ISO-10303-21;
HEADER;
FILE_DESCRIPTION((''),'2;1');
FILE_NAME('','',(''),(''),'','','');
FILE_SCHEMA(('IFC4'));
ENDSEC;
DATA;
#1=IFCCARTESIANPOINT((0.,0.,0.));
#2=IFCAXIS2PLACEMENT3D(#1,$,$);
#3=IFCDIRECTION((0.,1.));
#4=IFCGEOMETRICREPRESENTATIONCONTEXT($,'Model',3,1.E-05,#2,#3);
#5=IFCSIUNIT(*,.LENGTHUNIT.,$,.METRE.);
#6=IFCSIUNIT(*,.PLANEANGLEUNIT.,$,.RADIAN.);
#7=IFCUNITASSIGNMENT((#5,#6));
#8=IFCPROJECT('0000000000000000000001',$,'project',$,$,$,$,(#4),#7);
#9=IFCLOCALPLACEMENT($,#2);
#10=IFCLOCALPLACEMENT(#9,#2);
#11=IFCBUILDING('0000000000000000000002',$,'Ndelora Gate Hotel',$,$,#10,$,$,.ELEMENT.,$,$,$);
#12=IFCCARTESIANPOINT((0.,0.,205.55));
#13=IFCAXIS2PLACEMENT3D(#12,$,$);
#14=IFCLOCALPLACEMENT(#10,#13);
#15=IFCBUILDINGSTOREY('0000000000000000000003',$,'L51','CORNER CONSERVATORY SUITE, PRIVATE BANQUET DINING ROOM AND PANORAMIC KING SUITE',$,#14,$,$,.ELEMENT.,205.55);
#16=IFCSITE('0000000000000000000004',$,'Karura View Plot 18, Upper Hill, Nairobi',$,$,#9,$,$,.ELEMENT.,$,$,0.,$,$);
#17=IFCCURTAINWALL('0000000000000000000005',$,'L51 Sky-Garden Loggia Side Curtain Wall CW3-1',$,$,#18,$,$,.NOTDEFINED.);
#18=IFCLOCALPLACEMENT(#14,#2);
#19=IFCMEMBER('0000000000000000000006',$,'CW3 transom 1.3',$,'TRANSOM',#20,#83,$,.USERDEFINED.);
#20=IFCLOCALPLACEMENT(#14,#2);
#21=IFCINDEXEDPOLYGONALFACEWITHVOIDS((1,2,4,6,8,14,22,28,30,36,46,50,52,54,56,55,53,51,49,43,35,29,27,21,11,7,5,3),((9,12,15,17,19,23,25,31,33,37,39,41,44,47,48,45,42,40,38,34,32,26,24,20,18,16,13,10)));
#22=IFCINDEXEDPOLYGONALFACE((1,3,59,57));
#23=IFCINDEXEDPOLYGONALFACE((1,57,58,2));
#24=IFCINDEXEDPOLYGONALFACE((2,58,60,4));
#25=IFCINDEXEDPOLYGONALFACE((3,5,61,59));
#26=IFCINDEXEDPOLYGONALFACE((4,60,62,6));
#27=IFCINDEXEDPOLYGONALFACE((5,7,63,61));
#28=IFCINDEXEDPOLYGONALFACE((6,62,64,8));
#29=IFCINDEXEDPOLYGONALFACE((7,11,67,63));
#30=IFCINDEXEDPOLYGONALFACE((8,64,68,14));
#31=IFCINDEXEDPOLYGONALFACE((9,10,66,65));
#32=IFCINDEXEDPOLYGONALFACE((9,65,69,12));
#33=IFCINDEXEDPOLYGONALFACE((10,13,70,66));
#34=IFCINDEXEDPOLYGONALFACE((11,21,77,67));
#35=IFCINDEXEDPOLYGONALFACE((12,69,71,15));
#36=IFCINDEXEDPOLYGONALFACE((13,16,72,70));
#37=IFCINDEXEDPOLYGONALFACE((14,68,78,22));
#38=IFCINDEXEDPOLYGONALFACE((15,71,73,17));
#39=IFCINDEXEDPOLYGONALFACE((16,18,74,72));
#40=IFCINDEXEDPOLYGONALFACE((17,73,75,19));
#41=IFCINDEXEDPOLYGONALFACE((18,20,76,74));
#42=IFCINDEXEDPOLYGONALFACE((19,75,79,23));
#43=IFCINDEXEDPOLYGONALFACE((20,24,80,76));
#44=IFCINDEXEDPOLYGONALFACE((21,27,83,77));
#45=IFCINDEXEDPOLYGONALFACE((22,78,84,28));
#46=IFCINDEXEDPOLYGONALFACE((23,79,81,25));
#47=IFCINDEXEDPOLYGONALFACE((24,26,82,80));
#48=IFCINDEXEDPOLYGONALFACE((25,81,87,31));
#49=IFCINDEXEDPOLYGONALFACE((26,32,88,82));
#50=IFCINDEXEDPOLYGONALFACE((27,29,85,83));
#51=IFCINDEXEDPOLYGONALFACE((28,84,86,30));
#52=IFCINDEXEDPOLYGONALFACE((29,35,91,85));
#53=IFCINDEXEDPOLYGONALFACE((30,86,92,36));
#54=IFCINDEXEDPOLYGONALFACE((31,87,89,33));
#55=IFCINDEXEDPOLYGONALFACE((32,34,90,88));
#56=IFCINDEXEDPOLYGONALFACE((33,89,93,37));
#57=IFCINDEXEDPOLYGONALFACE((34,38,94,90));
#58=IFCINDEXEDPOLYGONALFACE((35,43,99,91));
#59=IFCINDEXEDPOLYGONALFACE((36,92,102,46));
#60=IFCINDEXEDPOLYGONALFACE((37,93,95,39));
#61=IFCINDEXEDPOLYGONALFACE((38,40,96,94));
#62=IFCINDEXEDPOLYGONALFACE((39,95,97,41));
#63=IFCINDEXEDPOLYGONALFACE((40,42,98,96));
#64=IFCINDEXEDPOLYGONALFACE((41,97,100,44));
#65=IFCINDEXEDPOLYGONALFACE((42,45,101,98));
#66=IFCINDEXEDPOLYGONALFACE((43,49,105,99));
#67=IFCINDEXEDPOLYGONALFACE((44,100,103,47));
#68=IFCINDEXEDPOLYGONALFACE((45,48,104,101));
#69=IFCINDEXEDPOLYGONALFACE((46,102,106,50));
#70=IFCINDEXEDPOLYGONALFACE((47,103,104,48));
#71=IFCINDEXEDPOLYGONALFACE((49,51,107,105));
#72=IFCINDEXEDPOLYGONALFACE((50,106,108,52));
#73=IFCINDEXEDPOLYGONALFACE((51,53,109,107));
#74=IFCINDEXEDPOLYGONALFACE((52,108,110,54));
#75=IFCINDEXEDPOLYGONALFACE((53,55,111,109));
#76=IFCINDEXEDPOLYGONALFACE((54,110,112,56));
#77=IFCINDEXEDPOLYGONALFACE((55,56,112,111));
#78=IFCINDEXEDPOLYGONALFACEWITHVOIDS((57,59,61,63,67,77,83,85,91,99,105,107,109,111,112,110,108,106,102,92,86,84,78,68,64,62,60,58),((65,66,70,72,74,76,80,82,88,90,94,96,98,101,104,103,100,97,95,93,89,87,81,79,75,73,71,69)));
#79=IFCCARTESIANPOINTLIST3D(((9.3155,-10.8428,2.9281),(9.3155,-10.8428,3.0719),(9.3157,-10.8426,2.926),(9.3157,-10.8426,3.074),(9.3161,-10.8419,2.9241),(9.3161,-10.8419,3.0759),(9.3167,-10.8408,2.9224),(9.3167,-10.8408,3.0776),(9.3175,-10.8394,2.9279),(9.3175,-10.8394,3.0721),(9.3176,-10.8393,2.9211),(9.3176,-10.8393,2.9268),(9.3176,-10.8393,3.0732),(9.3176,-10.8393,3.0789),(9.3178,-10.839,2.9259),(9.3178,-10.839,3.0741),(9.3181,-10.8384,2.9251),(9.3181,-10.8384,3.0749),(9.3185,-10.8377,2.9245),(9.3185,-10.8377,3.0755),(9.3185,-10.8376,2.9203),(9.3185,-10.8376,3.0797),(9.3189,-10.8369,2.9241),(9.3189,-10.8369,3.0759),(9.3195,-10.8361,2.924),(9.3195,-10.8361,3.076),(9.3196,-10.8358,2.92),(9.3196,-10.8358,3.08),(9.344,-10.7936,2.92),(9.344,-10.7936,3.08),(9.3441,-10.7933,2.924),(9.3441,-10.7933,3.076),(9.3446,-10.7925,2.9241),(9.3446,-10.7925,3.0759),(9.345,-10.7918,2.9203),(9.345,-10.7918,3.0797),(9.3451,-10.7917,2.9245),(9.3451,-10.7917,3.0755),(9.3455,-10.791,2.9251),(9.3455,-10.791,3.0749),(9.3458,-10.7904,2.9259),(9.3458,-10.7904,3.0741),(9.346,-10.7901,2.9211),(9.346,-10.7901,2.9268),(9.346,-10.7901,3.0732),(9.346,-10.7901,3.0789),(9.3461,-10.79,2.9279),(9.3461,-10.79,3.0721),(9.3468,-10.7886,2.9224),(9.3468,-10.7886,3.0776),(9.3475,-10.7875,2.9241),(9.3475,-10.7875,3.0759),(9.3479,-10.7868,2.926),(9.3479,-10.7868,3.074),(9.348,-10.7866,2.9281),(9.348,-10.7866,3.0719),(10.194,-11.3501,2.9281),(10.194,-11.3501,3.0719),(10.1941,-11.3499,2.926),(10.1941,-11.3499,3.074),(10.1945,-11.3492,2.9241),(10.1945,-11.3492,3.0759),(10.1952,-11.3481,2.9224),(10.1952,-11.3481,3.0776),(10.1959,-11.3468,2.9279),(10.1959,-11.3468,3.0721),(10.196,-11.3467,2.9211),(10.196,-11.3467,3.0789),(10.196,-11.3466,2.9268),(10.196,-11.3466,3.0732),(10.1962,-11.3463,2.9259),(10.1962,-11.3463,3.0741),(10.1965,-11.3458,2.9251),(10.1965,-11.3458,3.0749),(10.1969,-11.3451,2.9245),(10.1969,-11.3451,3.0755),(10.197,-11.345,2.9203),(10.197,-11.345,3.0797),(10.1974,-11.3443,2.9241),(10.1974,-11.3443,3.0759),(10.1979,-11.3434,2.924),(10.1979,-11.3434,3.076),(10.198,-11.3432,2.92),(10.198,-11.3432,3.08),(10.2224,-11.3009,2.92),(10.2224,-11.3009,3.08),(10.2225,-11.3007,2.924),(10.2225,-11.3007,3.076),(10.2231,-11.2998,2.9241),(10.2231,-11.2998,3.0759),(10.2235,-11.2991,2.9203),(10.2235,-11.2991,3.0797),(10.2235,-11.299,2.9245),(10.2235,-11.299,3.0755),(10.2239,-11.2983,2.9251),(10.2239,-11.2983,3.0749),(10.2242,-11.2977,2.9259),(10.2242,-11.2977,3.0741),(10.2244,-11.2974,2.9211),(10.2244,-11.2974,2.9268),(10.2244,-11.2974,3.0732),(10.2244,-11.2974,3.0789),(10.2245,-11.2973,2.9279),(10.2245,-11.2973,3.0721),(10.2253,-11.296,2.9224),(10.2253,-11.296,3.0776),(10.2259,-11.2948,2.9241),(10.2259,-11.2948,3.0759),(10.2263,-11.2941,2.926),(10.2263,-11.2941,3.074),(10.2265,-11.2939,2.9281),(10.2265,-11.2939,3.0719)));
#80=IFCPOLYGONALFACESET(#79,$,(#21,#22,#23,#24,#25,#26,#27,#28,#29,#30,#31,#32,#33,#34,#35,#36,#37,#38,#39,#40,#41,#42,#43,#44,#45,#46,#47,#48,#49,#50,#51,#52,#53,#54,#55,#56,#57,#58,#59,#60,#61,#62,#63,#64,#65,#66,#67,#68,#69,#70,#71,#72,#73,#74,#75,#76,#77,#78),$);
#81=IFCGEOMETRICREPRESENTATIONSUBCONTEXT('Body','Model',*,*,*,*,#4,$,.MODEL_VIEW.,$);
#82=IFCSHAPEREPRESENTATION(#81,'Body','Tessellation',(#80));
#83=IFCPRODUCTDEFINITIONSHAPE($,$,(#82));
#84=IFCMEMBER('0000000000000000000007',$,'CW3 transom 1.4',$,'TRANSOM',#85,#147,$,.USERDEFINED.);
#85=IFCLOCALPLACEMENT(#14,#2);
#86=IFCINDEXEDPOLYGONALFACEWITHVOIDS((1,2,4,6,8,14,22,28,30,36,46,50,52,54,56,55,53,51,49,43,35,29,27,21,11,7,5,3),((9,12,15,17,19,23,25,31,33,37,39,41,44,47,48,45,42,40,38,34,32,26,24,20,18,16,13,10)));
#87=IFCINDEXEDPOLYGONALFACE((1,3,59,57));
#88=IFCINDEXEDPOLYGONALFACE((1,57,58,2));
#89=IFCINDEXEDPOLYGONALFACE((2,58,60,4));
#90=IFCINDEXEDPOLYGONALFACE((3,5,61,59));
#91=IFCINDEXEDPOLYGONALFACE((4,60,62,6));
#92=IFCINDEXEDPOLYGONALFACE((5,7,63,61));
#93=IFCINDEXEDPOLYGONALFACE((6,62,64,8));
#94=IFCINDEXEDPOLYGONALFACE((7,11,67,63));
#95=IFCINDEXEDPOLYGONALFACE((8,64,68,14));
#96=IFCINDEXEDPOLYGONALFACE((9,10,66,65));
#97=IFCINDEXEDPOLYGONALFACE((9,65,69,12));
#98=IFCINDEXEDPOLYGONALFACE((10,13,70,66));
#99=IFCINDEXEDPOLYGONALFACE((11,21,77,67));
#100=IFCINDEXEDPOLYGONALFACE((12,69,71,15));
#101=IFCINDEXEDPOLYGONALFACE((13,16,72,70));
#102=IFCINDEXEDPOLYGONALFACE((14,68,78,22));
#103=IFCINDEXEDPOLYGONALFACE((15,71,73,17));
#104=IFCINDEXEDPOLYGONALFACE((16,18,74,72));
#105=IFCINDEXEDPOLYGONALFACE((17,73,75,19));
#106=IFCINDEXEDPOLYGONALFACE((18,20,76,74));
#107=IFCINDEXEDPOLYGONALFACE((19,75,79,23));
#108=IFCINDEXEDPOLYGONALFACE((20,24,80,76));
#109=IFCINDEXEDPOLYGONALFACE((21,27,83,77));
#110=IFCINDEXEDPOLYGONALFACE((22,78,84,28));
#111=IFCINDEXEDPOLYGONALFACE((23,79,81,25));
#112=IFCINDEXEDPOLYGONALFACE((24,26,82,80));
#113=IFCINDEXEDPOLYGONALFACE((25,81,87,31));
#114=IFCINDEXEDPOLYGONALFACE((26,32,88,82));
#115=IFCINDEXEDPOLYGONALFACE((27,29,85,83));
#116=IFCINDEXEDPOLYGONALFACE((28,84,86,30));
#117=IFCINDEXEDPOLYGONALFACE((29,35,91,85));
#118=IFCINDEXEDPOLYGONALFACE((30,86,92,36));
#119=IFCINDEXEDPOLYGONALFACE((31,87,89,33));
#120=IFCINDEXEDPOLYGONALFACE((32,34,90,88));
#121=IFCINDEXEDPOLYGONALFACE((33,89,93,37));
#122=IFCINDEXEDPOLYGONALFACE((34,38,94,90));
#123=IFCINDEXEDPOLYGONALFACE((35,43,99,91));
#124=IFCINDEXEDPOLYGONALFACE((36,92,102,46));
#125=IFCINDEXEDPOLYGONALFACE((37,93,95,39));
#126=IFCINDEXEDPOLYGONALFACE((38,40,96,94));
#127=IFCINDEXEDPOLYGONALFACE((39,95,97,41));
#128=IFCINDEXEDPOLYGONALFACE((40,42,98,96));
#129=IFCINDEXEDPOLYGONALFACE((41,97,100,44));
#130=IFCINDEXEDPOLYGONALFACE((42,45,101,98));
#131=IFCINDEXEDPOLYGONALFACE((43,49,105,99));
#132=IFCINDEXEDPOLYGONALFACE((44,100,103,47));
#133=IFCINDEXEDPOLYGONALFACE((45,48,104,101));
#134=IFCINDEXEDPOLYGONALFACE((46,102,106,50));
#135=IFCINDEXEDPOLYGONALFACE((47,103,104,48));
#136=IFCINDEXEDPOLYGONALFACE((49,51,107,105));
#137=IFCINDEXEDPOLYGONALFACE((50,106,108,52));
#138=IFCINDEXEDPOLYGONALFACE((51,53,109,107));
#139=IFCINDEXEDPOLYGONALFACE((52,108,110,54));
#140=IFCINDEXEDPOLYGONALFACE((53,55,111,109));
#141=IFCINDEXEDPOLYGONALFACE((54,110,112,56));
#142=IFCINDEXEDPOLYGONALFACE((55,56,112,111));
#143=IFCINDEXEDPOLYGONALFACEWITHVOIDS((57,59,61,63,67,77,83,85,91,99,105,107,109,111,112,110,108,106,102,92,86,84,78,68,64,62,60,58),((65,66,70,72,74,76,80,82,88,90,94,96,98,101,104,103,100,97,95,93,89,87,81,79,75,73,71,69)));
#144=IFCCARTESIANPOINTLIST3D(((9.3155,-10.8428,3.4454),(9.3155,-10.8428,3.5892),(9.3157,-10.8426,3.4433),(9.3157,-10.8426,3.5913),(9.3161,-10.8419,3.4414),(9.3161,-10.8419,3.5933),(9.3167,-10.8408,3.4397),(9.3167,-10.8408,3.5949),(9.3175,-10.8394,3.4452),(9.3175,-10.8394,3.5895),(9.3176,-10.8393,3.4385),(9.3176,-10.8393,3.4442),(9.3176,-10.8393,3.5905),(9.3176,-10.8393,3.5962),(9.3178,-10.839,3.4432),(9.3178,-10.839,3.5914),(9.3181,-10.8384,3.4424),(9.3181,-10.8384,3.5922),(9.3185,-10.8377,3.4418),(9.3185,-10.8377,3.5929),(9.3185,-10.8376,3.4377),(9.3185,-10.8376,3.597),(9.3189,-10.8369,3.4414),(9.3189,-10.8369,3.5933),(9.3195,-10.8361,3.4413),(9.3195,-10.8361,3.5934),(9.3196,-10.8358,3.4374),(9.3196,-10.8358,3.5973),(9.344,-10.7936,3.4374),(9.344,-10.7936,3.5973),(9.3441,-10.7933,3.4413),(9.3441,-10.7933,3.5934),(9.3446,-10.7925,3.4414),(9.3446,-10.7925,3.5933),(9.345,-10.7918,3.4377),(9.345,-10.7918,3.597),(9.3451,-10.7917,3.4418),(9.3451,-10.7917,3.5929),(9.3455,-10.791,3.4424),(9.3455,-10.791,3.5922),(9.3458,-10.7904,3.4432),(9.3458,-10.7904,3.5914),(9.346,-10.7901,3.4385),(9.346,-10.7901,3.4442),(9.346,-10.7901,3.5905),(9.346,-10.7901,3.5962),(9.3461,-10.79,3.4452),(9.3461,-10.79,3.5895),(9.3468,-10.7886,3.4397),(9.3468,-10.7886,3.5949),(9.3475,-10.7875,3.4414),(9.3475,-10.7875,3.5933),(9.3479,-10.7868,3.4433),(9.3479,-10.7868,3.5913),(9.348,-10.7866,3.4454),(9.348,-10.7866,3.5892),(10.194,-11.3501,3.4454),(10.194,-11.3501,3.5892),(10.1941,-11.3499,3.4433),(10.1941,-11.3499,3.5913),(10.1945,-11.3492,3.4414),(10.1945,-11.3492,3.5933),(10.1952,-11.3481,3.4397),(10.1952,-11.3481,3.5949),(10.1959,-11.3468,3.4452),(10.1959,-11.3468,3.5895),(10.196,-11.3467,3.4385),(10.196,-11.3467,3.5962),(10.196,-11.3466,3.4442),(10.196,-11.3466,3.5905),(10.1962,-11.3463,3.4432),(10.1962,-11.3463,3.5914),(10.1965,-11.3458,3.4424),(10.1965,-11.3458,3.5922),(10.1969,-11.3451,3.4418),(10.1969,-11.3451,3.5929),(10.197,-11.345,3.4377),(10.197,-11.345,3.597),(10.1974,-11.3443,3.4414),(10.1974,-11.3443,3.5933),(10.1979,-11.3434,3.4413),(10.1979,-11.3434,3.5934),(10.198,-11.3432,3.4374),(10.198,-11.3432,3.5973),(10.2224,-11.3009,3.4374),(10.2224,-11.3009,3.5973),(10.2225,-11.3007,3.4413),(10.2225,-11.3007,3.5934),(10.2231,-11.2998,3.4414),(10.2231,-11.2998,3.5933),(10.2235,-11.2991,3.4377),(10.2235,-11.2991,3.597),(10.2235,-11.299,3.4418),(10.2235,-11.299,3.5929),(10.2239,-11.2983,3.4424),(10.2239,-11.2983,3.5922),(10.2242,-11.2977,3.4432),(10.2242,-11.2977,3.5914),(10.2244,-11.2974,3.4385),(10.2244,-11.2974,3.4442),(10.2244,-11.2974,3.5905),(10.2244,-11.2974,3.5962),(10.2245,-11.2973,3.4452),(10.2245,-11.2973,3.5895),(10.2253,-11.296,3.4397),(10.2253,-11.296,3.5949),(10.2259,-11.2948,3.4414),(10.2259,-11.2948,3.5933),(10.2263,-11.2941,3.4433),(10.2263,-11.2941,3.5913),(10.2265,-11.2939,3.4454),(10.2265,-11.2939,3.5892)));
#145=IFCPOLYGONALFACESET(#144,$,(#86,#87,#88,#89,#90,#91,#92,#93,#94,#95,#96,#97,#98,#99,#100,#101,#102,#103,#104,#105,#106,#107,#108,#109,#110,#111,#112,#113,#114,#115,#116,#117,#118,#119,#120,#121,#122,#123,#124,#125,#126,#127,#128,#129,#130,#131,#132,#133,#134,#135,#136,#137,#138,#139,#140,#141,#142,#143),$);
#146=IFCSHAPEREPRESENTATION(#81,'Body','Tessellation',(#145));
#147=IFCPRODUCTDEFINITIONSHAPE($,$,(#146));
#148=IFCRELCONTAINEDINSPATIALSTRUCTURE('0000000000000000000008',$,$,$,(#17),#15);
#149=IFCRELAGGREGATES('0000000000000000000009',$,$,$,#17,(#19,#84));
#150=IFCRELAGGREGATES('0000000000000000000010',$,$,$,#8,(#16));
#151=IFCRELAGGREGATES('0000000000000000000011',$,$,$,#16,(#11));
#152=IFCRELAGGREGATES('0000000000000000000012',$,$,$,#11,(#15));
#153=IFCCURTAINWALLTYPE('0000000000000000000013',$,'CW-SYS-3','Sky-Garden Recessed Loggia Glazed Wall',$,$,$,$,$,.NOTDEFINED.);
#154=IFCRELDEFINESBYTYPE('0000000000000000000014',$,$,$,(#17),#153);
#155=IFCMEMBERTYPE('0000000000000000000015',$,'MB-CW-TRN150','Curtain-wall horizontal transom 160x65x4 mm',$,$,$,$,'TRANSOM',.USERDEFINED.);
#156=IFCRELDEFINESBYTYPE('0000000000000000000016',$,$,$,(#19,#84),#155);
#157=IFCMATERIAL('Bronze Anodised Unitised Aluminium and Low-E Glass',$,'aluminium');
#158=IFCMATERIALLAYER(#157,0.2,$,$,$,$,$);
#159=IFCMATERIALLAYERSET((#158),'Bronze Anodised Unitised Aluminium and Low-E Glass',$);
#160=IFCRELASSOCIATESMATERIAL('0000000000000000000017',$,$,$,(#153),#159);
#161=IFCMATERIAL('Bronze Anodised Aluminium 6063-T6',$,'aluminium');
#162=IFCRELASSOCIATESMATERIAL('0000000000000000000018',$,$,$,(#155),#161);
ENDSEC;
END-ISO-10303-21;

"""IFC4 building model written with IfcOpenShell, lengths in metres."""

from ifc_helpers import new_model, si_unit, direction, frame, origin, origin_2d, place, context, subcontext, project, spatial, hollow_rectangle, extrude, material, layer, layer_set, material_profile, profile_set, type_object, element, aggregate, save


model = new_model("IFC4")

# Units and contexts
model_context = context("Model", 3, precision=1e-05, world=origin(), true_north=direction((0.0, 1.0)))
body_context = subcontext(model_context, "Body", "Model", "MODEL_VIEW")
ifc_project = project(units=[si_unit("LENGTHUNIT", "METRE"), si_unit("PLANEANGLEUNIT", "RADIAN")], contexts=[model_context])

# Site, building, storey
site_placement = place(None, origin())
site = spatial("IfcSite", under=ifc_project, at=site_placement, Name="Karura View Plot 18, Upper Hill, Nairobi", CompositionType="ELEMENT", RefElevation=0.0)
building_placement = place(site_placement, origin())
building = spatial("IfcBuilding", under=site, at=building_placement, Name="Ndelora Gate Hotel", CompositionType="ELEMENT")
storey_placement = place(building_placement, frame((0.0, 0.0, 205.55)))
storey = spatial("IfcBuildingStorey", under=building, at=storey_placement, Name="L51", Description="CORNER CONSERVATORY SUITE, PRIVATE BANQUET DINING ROOM AND PANORAMIC KING SUITE", CompositionType="ELEMENT", Elevation=205.55)

# Curtain wall, members
ifc_material_1 = material(Name="Bronze Anodised Unitised Aluminium and Low-E Glass", Category="aluminium")
ifc_layer_1 = layer(ifc_material_1, 0.2)
ifc_layer_set_1 = layer_set([ifc_layer_1], Name="Bronze Anodised Unitised Aluminium and Low-E Glass")
curtain_wall_type = type_object("IfcCurtainWallType", Name="CW-SYS-3", Description="Sky-Garden Recessed Loggia Glazed Wall", PredefinedType="NOTDEFINED", material=ifc_layer_set_1)
curtain_wall_placement = place(storey_placement, origin())
curtain_wall = element("IfcCurtainWall", 1, at=curtain_wall_placement, inside=storey, type_object=curtain_wall_type, Name="L51 Sky-Garden Loggia Side Curtain Wall CW3-1", PredefinedType="NOTDEFINED")
ifc_material_2 = material(Name="Bronze Anodised Aluminium 6063-T6", Category="aluminium")
ifc_material_profile_1 = material_profile(ifc_material_2, hollow_rectangle(XDim=0.0649, YDim=0.1599, WallThickness=0.0039, InnerFilletRadius=0.0039, OuterFilletRadius=0.0081, at=origin_2d()), Name="ALU 160x65x4")
ifc_profile_set_1 = profile_set([ifc_material_profile_1], Name="Bronze Anodised Aluminium 6063-T6")
member_type_1 = type_object("IfcMemberType", Name="MB-CW-TRN150", Description="Curtain-wall horizontal transom 160x65x4 mm", ElementType="TRANSOM", PredefinedType="USERDEFINED", material=ifc_profile_set_1)
member_1_placement = place(storey_placement, frame((9.3318, -10.8147, 3.0), z_axis=(0.865953, -0.500125, 0.0), x_axis=(0.500125, 0.865953, 0.0)))
member_1 = element("IfcMember", 2, at=member_1_placement, type_object=member_type_1, Name="CW3 transom 1.3", ObjectType="TRANSOM", PredefinedType="USERDEFINED", context=body_context, shape_type="SweptSolid", body=[
    extrude(hollow_rectangle(XDim=0.0649, YDim=0.1599, WallThickness=0.0039, InnerFilletRadius=0.0039, OuterFilletRadius=0.0081, at=origin_2d()), origin(), (0.0, 0.0, 1.0), 1.0144),
])
member_2_placement = place(storey_placement, frame((9.3318, -10.8147, 3.5173), z_axis=(0.865953, -0.500125, 0.0), x_axis=(0.500125, 0.865953, 0.0)))
member_2 = element("IfcMember", 3, at=member_2_placement, type_object=member_type_1, Name="CW3 transom 1.4", ObjectType="TRANSOM", PredefinedType="USERDEFINED", context=body_context, shape_type="SweptSolid", body=[
    extrude(hollow_rectangle(XDim=0.0649, YDim=0.1599, WallThickness=0.0039, InnerFilletRadius=0.0039, OuterFilletRadius=0.0081, at=origin_2d()), origin(), (0.0, 0.0, 1.0), 1.0144),
])
aggregate(curtain_wall, [member_1, member_2])

save(model, "model.ifc")
